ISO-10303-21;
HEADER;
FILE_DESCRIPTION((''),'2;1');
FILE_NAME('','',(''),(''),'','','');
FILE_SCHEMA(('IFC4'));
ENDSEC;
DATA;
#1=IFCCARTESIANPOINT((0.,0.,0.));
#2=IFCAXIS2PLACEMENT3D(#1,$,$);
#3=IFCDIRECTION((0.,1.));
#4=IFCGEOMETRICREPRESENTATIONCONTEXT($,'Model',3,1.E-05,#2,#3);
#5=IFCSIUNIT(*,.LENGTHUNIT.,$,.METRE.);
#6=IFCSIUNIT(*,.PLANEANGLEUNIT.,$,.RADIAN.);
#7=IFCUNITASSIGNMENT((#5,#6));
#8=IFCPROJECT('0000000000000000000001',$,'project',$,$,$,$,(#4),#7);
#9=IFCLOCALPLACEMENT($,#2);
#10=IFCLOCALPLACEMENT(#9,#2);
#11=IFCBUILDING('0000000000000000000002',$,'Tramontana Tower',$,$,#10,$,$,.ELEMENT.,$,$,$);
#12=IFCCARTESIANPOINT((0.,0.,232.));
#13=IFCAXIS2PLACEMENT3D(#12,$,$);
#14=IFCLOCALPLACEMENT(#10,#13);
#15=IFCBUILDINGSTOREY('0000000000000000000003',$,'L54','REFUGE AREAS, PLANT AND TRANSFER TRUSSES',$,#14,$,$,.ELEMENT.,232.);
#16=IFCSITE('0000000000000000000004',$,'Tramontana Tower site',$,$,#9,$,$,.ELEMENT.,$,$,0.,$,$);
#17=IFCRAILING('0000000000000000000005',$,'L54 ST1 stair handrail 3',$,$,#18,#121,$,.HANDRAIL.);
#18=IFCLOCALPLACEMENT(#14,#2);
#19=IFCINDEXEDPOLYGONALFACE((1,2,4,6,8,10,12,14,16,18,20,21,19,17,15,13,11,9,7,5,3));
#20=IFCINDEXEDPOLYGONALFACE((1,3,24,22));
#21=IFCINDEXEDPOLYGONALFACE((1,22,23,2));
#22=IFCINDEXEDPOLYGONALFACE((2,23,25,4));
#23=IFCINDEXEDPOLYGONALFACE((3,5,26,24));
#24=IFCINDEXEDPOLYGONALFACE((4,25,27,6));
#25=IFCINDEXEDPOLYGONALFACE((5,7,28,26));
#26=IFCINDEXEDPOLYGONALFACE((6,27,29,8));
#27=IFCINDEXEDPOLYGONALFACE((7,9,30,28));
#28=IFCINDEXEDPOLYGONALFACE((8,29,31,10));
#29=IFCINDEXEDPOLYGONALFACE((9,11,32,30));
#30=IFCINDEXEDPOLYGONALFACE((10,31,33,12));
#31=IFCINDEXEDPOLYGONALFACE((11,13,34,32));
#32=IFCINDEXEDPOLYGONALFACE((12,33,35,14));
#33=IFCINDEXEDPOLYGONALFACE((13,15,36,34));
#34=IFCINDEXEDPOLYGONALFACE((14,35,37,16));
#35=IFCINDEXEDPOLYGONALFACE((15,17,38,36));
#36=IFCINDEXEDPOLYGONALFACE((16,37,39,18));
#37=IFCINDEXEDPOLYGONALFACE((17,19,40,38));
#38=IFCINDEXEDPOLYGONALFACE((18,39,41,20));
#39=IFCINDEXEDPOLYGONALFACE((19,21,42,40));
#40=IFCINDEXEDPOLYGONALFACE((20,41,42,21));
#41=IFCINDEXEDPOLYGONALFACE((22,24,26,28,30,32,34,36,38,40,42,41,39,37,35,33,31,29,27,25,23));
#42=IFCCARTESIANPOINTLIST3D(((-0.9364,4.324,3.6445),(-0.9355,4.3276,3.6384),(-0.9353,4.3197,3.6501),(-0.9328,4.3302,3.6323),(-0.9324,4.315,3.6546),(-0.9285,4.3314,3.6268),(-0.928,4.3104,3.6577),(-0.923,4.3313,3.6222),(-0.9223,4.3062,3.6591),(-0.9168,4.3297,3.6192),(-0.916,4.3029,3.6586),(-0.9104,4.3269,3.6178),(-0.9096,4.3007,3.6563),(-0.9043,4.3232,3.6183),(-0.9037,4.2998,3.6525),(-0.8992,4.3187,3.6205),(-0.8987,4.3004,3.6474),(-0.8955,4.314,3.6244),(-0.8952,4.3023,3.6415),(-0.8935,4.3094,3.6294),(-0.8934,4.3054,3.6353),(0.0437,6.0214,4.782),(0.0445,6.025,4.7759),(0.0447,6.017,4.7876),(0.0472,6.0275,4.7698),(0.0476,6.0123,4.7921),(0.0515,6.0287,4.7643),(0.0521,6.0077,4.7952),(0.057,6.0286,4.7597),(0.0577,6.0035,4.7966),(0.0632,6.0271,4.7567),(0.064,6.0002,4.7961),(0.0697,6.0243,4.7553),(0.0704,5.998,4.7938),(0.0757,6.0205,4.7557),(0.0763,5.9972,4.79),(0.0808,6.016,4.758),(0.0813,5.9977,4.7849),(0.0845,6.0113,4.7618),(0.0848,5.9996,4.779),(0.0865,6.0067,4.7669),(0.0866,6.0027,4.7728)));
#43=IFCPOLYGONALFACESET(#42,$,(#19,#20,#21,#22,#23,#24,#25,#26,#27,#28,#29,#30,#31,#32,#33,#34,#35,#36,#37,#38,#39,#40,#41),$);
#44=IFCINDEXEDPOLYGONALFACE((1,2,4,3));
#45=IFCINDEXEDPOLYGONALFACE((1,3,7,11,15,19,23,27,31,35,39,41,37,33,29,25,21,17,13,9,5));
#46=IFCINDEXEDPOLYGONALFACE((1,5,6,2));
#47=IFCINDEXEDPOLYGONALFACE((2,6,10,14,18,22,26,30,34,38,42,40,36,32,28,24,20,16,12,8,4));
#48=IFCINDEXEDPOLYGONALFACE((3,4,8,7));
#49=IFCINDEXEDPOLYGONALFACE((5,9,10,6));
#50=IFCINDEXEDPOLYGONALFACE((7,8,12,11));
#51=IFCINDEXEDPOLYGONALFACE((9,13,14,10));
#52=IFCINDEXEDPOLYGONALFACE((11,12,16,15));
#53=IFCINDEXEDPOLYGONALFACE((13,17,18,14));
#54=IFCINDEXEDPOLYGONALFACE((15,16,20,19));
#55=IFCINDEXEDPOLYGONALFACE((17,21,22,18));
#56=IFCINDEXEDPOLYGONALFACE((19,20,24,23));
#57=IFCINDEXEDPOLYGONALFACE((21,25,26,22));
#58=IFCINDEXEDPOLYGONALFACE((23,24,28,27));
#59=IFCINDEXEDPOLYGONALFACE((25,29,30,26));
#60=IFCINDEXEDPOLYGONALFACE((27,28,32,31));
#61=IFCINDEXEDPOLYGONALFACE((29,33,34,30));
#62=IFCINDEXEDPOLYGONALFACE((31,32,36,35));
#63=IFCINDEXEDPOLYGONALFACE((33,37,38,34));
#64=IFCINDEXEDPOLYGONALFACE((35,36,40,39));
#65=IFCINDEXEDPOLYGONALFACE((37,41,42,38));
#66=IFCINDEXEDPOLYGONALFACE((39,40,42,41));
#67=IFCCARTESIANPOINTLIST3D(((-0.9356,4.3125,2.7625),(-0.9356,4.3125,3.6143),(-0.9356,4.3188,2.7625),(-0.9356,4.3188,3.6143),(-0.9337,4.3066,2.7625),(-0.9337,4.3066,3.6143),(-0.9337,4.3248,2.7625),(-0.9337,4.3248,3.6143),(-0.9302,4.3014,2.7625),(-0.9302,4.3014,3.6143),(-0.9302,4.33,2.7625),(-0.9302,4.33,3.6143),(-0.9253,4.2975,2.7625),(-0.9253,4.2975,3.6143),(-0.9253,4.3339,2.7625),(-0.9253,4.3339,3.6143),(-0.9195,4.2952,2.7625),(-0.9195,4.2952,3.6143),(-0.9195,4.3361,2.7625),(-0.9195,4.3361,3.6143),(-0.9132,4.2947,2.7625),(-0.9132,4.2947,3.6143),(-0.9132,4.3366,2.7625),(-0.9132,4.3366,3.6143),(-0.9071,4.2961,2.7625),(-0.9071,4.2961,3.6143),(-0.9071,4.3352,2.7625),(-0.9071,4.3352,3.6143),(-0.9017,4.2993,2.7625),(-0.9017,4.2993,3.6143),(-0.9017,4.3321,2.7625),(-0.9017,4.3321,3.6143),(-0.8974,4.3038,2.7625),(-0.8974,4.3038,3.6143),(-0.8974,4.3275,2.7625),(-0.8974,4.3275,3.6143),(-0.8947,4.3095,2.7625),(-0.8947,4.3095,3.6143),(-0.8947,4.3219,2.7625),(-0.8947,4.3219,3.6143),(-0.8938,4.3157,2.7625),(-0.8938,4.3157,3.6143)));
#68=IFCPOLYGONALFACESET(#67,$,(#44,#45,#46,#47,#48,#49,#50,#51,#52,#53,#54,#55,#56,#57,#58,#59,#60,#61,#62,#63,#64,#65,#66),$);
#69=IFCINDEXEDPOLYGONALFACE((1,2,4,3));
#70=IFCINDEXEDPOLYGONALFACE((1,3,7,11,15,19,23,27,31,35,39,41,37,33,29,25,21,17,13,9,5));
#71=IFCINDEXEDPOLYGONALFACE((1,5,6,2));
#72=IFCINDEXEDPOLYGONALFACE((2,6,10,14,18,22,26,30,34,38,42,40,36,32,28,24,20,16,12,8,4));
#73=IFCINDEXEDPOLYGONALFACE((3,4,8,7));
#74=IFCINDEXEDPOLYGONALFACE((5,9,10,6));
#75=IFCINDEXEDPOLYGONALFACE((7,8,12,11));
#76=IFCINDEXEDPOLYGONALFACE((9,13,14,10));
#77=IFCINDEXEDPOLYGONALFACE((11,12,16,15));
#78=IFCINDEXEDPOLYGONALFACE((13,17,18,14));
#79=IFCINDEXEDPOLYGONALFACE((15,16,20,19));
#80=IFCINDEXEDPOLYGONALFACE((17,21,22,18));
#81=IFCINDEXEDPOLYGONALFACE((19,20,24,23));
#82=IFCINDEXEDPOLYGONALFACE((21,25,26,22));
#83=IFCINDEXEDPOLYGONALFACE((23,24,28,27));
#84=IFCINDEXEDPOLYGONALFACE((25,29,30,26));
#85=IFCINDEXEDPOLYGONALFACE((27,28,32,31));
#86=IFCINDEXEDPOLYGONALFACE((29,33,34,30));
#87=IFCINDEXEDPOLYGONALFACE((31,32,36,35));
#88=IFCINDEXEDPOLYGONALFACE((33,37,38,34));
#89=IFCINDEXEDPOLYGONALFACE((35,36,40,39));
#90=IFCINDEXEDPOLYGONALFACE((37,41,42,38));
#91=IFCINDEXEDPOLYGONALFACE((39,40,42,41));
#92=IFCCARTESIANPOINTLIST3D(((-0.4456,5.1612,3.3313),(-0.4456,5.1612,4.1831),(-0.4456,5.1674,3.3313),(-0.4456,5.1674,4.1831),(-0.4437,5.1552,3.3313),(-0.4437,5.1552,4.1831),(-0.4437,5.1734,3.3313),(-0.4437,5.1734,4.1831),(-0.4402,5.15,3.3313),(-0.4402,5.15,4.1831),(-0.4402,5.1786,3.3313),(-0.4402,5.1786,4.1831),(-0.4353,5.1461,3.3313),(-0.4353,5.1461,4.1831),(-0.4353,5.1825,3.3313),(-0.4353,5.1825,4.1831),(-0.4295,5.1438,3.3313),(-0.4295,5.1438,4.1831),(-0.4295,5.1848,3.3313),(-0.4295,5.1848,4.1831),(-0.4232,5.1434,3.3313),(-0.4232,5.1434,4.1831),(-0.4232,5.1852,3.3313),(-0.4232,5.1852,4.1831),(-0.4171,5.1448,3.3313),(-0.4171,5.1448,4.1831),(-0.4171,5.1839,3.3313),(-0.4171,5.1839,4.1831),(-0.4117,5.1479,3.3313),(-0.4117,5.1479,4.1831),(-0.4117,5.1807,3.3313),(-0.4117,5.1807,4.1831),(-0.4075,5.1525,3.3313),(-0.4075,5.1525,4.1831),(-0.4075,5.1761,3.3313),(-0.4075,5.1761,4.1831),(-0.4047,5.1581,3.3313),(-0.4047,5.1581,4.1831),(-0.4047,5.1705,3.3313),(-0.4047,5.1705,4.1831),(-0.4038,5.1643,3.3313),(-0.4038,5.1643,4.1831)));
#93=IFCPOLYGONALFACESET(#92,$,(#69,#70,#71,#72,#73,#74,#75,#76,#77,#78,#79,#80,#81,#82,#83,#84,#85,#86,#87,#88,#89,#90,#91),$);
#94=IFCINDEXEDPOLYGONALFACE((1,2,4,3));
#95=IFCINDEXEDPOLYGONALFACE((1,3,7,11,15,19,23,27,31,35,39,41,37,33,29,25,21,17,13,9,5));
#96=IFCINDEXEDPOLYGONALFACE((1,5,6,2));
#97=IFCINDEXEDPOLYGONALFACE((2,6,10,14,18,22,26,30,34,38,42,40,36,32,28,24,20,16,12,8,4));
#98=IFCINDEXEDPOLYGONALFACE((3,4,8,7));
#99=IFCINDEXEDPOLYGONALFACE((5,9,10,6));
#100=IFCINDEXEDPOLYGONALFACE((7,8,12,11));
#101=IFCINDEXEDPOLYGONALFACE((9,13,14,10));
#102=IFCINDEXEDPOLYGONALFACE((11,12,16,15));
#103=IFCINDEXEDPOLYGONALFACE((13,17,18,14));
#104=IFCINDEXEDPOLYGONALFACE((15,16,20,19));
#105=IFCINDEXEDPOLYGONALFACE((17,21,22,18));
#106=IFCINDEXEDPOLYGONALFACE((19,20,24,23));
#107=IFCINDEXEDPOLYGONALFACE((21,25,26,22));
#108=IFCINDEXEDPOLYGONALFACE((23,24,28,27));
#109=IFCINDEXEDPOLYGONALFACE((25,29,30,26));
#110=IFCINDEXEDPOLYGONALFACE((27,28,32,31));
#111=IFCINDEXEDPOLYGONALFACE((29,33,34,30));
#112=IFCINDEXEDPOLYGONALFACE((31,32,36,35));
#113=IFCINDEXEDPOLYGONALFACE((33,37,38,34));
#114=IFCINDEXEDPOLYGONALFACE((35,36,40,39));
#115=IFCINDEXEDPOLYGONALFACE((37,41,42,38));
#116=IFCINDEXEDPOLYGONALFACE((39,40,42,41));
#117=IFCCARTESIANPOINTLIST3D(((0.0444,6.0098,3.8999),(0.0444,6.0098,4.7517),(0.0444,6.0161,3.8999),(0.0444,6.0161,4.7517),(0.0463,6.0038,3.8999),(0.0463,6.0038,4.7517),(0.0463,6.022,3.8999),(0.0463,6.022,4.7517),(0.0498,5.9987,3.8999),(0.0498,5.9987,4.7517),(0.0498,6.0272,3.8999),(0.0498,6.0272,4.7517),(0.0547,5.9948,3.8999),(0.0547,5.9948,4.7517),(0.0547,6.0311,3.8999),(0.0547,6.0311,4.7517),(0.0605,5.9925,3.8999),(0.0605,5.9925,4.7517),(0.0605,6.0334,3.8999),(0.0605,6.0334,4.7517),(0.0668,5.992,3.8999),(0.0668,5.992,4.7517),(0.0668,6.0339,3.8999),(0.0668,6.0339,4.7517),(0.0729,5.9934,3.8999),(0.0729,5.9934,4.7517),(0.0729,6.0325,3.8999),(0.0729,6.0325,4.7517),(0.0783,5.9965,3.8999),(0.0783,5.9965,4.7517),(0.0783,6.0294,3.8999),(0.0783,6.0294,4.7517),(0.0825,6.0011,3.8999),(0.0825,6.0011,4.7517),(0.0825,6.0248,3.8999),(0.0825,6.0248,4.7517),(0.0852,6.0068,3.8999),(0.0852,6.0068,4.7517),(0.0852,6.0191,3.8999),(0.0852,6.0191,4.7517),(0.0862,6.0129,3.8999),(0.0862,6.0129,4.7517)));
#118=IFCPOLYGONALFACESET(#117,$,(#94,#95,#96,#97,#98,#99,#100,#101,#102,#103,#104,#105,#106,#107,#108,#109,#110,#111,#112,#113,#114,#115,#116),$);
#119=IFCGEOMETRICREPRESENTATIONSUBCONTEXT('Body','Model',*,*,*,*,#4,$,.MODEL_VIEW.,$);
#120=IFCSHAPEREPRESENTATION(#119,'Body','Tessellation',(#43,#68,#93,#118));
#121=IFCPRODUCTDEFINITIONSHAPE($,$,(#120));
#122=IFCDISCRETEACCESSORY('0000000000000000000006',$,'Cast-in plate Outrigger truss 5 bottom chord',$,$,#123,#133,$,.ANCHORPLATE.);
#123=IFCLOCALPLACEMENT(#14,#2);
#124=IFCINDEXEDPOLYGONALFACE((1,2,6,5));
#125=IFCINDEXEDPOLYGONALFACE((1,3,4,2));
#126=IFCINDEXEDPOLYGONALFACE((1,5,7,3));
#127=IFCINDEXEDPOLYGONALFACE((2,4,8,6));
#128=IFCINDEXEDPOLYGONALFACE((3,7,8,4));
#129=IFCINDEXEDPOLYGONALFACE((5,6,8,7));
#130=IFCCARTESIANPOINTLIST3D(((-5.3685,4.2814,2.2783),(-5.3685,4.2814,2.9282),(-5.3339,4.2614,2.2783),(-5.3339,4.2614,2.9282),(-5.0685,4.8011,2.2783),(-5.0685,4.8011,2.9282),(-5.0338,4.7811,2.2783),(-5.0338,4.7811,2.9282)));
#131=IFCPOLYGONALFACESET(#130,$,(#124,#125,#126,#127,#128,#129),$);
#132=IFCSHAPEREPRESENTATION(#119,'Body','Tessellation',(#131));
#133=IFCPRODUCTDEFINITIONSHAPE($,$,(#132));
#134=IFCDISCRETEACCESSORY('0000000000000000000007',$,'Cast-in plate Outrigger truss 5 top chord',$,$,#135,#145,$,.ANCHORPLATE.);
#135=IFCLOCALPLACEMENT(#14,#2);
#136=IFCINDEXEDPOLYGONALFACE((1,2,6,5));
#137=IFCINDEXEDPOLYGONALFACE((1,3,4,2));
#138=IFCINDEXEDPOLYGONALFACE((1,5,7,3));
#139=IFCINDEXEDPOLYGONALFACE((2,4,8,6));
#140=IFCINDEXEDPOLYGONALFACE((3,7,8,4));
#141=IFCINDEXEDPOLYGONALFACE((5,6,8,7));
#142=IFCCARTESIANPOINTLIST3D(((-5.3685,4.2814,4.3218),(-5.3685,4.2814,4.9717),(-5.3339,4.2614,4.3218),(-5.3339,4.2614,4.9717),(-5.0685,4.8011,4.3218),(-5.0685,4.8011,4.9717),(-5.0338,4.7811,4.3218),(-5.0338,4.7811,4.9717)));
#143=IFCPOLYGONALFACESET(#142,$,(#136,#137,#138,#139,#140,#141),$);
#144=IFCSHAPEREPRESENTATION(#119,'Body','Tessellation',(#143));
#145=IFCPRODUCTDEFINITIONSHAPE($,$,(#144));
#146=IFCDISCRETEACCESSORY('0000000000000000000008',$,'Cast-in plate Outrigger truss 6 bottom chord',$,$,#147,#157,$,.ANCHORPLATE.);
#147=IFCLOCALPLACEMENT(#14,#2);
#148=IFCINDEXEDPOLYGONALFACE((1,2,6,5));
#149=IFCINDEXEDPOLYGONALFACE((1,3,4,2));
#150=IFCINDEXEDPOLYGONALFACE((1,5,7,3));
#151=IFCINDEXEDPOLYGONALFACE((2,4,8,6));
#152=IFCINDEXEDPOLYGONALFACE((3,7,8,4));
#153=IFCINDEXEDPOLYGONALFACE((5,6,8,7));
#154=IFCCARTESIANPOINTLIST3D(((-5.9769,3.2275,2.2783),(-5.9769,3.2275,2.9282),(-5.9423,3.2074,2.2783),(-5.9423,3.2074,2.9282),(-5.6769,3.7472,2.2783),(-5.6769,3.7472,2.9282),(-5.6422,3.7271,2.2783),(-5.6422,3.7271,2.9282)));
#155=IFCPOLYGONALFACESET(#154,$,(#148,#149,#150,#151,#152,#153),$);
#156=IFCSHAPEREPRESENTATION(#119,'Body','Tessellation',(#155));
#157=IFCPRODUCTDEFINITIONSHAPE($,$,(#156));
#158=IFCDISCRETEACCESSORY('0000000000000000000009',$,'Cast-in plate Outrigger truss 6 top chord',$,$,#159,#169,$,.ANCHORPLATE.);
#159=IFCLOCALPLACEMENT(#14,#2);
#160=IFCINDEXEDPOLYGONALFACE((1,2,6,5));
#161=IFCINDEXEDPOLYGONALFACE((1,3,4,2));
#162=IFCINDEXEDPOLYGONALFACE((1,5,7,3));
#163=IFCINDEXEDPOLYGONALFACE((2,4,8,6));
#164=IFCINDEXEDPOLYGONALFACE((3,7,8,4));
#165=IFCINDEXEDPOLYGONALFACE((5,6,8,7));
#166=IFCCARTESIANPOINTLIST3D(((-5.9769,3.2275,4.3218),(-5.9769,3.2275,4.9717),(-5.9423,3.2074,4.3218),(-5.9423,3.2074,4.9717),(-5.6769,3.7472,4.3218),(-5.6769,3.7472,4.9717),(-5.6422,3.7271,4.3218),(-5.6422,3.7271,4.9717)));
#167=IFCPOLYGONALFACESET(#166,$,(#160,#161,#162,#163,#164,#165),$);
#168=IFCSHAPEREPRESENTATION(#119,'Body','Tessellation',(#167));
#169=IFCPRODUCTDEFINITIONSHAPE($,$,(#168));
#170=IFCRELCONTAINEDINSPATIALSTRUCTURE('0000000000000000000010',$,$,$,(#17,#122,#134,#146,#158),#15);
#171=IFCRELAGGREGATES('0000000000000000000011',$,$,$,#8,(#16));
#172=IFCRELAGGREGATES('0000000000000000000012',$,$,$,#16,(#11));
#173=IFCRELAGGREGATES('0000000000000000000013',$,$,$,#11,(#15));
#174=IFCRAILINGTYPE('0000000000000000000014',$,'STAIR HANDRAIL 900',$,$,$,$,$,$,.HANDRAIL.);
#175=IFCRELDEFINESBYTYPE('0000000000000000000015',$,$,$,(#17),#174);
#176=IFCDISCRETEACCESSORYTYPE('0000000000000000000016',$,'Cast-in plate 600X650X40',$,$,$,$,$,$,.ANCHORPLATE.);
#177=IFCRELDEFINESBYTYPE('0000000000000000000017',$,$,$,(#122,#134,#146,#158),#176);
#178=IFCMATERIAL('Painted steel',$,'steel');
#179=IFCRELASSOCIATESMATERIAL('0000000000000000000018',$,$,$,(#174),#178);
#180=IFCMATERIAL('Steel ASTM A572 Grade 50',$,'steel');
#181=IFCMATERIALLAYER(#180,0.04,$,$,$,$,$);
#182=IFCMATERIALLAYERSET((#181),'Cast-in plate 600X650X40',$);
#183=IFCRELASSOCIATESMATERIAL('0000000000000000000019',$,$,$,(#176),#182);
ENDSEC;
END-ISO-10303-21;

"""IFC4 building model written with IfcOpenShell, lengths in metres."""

from ifc_helpers import new_model, si_unit, direction, frame, origin, origin_2d, place, context, subcontext, project, spatial, rectangle, circle, extrude, material, layer, layer_set, type_object, element, save


model = new_model("IFC4")

# Units and contexts
model_context = context("Model", 3, precision=1e-05, world=origin(), true_north=direction((0.0, 1.0)))
body_context = subcontext(model_context, "Body", "Model", "MODEL_VIEW")
ifc_project = project(units=[si_unit("LENGTHUNIT", "METRE"), si_unit("PLANEANGLEUNIT", "RADIAN")], contexts=[model_context])

# Site, building, storey
site_placement = place(None, origin())
site = spatial("IfcSite", under=ifc_project, at=site_placement, Name="Tramontana Tower site", CompositionType="ELEMENT", RefElevation=0.0)
building_placement = place(site_placement, origin())
building = spatial("IfcBuilding", under=site, at=building_placement, Name="Tramontana Tower", CompositionType="ELEMENT")
storey_placement = place(building_placement, frame((0.0, 0.0, 232.0)))
storey = spatial("IfcBuildingStorey", under=building, at=storey_placement, Name="L54", Description="REFUGE AREAS, PLANT AND TRANSFER TRUSSES", CompositionType="ELEMENT", Elevation=232.0)

# Railing
ifc_material_1 = material(Name="Painted steel", Category="steel")
railing_type_1 = type_object("IfcRailingType", Name="STAIR HANDRAIL 900", PredefinedType="HANDRAIL", material=ifc_material_1)
for number, where, name in (
    (1, (-0.9148, 4.3157, 2.7625), "L54 ST1 stair handrail 3"),
):
    element("IfcRailing", number, at=place(storey_placement, frame(where)), inside=storey, type_object=railing_type_1, Name=name, PredefinedType="HANDRAIL", context=body_context, shape_type="SweptSolid", body=[
        extrude(circle(Radius=0.0239, at=origin_2d()), frame((0.0, 0.0, 0.876), z_axis=(0.432467, 0.749006, 0.501959), x_axis=(-0.866011, 0.500024, 0.0)), (0.0, 0.0, 1.0), 2.2661),
        extrude(circle(Radius=0.021, at=origin_2d()), origin(), (0.0, 0.0, 1.0), 0.8518),
        extrude(circle(Radius=0.021, at=origin_2d()), frame((0.49, 0.8486, 0.5688)), (0.0, 0.0, 1.0), 0.8518),
        extrude(circle(Radius=0.021, at=origin_2d()), frame((0.98, 1.6973, 1.1375)), (0.0, 0.0, 1.0), 0.8518),
    ])

# Discrete accessories
ifc_material_2 = material(Name="Steel ASTM A572 Grade 50", Category="steel")
ifc_layer_1 = layer(ifc_material_2, 0.04)
ifc_layer_set_1 = layer_set([ifc_layer_1], Name="Cast-in plate 600X650X40")
discrete_accessory_type = type_object("IfcDiscreteAccessoryType", Name="Cast-in plate 600X650X40", PredefinedType="ANCHORPLATE", material=ifc_layer_set_1)
for number, where, z_axis, x_axis, name in (
    (2, (-5.2012, 4.5312, 2.2783), (0.0, 0.0, 1.0), (-0.5, -0.866025, 0.0), "Cast-in plate Outrigger truss 5 bottom chord"),
    (3, (-5.2012, 4.5312, 4.3218), (0.0, 0.0, 1.0), (-0.5, -0.866025, 0.0), "Cast-in plate Outrigger truss 5 top chord"),
    (4, (-5.8096, 3.4773, 2.2783), (0.0, 0.0, 1.0), (-0.5, -0.866025, 0.0), "Cast-in plate Outrigger truss 6 bottom chord"),
    (5, (-5.8096, 3.4773, 4.3218), (0.0, 0.0, 1.0), (-0.5, -0.866025, 0.0), "Cast-in plate Outrigger truss 6 top chord"),
):
    element("IfcDiscreteAccessory", number, at=place(storey_placement, frame(where, z_axis=z_axis, x_axis=x_axis)), inside=storey, type_object=discrete_accessory_type, Name=name, PredefinedType="ANCHORPLATE", context=body_context, shape_type="SweptSolid", body=[
        extrude(rectangle(XDim=0.6001, YDim=0.04, at=origin_2d()), origin(), (0.0, 0.0, 1.0), 0.6499),
    ])

save(model, "model.ifc")
